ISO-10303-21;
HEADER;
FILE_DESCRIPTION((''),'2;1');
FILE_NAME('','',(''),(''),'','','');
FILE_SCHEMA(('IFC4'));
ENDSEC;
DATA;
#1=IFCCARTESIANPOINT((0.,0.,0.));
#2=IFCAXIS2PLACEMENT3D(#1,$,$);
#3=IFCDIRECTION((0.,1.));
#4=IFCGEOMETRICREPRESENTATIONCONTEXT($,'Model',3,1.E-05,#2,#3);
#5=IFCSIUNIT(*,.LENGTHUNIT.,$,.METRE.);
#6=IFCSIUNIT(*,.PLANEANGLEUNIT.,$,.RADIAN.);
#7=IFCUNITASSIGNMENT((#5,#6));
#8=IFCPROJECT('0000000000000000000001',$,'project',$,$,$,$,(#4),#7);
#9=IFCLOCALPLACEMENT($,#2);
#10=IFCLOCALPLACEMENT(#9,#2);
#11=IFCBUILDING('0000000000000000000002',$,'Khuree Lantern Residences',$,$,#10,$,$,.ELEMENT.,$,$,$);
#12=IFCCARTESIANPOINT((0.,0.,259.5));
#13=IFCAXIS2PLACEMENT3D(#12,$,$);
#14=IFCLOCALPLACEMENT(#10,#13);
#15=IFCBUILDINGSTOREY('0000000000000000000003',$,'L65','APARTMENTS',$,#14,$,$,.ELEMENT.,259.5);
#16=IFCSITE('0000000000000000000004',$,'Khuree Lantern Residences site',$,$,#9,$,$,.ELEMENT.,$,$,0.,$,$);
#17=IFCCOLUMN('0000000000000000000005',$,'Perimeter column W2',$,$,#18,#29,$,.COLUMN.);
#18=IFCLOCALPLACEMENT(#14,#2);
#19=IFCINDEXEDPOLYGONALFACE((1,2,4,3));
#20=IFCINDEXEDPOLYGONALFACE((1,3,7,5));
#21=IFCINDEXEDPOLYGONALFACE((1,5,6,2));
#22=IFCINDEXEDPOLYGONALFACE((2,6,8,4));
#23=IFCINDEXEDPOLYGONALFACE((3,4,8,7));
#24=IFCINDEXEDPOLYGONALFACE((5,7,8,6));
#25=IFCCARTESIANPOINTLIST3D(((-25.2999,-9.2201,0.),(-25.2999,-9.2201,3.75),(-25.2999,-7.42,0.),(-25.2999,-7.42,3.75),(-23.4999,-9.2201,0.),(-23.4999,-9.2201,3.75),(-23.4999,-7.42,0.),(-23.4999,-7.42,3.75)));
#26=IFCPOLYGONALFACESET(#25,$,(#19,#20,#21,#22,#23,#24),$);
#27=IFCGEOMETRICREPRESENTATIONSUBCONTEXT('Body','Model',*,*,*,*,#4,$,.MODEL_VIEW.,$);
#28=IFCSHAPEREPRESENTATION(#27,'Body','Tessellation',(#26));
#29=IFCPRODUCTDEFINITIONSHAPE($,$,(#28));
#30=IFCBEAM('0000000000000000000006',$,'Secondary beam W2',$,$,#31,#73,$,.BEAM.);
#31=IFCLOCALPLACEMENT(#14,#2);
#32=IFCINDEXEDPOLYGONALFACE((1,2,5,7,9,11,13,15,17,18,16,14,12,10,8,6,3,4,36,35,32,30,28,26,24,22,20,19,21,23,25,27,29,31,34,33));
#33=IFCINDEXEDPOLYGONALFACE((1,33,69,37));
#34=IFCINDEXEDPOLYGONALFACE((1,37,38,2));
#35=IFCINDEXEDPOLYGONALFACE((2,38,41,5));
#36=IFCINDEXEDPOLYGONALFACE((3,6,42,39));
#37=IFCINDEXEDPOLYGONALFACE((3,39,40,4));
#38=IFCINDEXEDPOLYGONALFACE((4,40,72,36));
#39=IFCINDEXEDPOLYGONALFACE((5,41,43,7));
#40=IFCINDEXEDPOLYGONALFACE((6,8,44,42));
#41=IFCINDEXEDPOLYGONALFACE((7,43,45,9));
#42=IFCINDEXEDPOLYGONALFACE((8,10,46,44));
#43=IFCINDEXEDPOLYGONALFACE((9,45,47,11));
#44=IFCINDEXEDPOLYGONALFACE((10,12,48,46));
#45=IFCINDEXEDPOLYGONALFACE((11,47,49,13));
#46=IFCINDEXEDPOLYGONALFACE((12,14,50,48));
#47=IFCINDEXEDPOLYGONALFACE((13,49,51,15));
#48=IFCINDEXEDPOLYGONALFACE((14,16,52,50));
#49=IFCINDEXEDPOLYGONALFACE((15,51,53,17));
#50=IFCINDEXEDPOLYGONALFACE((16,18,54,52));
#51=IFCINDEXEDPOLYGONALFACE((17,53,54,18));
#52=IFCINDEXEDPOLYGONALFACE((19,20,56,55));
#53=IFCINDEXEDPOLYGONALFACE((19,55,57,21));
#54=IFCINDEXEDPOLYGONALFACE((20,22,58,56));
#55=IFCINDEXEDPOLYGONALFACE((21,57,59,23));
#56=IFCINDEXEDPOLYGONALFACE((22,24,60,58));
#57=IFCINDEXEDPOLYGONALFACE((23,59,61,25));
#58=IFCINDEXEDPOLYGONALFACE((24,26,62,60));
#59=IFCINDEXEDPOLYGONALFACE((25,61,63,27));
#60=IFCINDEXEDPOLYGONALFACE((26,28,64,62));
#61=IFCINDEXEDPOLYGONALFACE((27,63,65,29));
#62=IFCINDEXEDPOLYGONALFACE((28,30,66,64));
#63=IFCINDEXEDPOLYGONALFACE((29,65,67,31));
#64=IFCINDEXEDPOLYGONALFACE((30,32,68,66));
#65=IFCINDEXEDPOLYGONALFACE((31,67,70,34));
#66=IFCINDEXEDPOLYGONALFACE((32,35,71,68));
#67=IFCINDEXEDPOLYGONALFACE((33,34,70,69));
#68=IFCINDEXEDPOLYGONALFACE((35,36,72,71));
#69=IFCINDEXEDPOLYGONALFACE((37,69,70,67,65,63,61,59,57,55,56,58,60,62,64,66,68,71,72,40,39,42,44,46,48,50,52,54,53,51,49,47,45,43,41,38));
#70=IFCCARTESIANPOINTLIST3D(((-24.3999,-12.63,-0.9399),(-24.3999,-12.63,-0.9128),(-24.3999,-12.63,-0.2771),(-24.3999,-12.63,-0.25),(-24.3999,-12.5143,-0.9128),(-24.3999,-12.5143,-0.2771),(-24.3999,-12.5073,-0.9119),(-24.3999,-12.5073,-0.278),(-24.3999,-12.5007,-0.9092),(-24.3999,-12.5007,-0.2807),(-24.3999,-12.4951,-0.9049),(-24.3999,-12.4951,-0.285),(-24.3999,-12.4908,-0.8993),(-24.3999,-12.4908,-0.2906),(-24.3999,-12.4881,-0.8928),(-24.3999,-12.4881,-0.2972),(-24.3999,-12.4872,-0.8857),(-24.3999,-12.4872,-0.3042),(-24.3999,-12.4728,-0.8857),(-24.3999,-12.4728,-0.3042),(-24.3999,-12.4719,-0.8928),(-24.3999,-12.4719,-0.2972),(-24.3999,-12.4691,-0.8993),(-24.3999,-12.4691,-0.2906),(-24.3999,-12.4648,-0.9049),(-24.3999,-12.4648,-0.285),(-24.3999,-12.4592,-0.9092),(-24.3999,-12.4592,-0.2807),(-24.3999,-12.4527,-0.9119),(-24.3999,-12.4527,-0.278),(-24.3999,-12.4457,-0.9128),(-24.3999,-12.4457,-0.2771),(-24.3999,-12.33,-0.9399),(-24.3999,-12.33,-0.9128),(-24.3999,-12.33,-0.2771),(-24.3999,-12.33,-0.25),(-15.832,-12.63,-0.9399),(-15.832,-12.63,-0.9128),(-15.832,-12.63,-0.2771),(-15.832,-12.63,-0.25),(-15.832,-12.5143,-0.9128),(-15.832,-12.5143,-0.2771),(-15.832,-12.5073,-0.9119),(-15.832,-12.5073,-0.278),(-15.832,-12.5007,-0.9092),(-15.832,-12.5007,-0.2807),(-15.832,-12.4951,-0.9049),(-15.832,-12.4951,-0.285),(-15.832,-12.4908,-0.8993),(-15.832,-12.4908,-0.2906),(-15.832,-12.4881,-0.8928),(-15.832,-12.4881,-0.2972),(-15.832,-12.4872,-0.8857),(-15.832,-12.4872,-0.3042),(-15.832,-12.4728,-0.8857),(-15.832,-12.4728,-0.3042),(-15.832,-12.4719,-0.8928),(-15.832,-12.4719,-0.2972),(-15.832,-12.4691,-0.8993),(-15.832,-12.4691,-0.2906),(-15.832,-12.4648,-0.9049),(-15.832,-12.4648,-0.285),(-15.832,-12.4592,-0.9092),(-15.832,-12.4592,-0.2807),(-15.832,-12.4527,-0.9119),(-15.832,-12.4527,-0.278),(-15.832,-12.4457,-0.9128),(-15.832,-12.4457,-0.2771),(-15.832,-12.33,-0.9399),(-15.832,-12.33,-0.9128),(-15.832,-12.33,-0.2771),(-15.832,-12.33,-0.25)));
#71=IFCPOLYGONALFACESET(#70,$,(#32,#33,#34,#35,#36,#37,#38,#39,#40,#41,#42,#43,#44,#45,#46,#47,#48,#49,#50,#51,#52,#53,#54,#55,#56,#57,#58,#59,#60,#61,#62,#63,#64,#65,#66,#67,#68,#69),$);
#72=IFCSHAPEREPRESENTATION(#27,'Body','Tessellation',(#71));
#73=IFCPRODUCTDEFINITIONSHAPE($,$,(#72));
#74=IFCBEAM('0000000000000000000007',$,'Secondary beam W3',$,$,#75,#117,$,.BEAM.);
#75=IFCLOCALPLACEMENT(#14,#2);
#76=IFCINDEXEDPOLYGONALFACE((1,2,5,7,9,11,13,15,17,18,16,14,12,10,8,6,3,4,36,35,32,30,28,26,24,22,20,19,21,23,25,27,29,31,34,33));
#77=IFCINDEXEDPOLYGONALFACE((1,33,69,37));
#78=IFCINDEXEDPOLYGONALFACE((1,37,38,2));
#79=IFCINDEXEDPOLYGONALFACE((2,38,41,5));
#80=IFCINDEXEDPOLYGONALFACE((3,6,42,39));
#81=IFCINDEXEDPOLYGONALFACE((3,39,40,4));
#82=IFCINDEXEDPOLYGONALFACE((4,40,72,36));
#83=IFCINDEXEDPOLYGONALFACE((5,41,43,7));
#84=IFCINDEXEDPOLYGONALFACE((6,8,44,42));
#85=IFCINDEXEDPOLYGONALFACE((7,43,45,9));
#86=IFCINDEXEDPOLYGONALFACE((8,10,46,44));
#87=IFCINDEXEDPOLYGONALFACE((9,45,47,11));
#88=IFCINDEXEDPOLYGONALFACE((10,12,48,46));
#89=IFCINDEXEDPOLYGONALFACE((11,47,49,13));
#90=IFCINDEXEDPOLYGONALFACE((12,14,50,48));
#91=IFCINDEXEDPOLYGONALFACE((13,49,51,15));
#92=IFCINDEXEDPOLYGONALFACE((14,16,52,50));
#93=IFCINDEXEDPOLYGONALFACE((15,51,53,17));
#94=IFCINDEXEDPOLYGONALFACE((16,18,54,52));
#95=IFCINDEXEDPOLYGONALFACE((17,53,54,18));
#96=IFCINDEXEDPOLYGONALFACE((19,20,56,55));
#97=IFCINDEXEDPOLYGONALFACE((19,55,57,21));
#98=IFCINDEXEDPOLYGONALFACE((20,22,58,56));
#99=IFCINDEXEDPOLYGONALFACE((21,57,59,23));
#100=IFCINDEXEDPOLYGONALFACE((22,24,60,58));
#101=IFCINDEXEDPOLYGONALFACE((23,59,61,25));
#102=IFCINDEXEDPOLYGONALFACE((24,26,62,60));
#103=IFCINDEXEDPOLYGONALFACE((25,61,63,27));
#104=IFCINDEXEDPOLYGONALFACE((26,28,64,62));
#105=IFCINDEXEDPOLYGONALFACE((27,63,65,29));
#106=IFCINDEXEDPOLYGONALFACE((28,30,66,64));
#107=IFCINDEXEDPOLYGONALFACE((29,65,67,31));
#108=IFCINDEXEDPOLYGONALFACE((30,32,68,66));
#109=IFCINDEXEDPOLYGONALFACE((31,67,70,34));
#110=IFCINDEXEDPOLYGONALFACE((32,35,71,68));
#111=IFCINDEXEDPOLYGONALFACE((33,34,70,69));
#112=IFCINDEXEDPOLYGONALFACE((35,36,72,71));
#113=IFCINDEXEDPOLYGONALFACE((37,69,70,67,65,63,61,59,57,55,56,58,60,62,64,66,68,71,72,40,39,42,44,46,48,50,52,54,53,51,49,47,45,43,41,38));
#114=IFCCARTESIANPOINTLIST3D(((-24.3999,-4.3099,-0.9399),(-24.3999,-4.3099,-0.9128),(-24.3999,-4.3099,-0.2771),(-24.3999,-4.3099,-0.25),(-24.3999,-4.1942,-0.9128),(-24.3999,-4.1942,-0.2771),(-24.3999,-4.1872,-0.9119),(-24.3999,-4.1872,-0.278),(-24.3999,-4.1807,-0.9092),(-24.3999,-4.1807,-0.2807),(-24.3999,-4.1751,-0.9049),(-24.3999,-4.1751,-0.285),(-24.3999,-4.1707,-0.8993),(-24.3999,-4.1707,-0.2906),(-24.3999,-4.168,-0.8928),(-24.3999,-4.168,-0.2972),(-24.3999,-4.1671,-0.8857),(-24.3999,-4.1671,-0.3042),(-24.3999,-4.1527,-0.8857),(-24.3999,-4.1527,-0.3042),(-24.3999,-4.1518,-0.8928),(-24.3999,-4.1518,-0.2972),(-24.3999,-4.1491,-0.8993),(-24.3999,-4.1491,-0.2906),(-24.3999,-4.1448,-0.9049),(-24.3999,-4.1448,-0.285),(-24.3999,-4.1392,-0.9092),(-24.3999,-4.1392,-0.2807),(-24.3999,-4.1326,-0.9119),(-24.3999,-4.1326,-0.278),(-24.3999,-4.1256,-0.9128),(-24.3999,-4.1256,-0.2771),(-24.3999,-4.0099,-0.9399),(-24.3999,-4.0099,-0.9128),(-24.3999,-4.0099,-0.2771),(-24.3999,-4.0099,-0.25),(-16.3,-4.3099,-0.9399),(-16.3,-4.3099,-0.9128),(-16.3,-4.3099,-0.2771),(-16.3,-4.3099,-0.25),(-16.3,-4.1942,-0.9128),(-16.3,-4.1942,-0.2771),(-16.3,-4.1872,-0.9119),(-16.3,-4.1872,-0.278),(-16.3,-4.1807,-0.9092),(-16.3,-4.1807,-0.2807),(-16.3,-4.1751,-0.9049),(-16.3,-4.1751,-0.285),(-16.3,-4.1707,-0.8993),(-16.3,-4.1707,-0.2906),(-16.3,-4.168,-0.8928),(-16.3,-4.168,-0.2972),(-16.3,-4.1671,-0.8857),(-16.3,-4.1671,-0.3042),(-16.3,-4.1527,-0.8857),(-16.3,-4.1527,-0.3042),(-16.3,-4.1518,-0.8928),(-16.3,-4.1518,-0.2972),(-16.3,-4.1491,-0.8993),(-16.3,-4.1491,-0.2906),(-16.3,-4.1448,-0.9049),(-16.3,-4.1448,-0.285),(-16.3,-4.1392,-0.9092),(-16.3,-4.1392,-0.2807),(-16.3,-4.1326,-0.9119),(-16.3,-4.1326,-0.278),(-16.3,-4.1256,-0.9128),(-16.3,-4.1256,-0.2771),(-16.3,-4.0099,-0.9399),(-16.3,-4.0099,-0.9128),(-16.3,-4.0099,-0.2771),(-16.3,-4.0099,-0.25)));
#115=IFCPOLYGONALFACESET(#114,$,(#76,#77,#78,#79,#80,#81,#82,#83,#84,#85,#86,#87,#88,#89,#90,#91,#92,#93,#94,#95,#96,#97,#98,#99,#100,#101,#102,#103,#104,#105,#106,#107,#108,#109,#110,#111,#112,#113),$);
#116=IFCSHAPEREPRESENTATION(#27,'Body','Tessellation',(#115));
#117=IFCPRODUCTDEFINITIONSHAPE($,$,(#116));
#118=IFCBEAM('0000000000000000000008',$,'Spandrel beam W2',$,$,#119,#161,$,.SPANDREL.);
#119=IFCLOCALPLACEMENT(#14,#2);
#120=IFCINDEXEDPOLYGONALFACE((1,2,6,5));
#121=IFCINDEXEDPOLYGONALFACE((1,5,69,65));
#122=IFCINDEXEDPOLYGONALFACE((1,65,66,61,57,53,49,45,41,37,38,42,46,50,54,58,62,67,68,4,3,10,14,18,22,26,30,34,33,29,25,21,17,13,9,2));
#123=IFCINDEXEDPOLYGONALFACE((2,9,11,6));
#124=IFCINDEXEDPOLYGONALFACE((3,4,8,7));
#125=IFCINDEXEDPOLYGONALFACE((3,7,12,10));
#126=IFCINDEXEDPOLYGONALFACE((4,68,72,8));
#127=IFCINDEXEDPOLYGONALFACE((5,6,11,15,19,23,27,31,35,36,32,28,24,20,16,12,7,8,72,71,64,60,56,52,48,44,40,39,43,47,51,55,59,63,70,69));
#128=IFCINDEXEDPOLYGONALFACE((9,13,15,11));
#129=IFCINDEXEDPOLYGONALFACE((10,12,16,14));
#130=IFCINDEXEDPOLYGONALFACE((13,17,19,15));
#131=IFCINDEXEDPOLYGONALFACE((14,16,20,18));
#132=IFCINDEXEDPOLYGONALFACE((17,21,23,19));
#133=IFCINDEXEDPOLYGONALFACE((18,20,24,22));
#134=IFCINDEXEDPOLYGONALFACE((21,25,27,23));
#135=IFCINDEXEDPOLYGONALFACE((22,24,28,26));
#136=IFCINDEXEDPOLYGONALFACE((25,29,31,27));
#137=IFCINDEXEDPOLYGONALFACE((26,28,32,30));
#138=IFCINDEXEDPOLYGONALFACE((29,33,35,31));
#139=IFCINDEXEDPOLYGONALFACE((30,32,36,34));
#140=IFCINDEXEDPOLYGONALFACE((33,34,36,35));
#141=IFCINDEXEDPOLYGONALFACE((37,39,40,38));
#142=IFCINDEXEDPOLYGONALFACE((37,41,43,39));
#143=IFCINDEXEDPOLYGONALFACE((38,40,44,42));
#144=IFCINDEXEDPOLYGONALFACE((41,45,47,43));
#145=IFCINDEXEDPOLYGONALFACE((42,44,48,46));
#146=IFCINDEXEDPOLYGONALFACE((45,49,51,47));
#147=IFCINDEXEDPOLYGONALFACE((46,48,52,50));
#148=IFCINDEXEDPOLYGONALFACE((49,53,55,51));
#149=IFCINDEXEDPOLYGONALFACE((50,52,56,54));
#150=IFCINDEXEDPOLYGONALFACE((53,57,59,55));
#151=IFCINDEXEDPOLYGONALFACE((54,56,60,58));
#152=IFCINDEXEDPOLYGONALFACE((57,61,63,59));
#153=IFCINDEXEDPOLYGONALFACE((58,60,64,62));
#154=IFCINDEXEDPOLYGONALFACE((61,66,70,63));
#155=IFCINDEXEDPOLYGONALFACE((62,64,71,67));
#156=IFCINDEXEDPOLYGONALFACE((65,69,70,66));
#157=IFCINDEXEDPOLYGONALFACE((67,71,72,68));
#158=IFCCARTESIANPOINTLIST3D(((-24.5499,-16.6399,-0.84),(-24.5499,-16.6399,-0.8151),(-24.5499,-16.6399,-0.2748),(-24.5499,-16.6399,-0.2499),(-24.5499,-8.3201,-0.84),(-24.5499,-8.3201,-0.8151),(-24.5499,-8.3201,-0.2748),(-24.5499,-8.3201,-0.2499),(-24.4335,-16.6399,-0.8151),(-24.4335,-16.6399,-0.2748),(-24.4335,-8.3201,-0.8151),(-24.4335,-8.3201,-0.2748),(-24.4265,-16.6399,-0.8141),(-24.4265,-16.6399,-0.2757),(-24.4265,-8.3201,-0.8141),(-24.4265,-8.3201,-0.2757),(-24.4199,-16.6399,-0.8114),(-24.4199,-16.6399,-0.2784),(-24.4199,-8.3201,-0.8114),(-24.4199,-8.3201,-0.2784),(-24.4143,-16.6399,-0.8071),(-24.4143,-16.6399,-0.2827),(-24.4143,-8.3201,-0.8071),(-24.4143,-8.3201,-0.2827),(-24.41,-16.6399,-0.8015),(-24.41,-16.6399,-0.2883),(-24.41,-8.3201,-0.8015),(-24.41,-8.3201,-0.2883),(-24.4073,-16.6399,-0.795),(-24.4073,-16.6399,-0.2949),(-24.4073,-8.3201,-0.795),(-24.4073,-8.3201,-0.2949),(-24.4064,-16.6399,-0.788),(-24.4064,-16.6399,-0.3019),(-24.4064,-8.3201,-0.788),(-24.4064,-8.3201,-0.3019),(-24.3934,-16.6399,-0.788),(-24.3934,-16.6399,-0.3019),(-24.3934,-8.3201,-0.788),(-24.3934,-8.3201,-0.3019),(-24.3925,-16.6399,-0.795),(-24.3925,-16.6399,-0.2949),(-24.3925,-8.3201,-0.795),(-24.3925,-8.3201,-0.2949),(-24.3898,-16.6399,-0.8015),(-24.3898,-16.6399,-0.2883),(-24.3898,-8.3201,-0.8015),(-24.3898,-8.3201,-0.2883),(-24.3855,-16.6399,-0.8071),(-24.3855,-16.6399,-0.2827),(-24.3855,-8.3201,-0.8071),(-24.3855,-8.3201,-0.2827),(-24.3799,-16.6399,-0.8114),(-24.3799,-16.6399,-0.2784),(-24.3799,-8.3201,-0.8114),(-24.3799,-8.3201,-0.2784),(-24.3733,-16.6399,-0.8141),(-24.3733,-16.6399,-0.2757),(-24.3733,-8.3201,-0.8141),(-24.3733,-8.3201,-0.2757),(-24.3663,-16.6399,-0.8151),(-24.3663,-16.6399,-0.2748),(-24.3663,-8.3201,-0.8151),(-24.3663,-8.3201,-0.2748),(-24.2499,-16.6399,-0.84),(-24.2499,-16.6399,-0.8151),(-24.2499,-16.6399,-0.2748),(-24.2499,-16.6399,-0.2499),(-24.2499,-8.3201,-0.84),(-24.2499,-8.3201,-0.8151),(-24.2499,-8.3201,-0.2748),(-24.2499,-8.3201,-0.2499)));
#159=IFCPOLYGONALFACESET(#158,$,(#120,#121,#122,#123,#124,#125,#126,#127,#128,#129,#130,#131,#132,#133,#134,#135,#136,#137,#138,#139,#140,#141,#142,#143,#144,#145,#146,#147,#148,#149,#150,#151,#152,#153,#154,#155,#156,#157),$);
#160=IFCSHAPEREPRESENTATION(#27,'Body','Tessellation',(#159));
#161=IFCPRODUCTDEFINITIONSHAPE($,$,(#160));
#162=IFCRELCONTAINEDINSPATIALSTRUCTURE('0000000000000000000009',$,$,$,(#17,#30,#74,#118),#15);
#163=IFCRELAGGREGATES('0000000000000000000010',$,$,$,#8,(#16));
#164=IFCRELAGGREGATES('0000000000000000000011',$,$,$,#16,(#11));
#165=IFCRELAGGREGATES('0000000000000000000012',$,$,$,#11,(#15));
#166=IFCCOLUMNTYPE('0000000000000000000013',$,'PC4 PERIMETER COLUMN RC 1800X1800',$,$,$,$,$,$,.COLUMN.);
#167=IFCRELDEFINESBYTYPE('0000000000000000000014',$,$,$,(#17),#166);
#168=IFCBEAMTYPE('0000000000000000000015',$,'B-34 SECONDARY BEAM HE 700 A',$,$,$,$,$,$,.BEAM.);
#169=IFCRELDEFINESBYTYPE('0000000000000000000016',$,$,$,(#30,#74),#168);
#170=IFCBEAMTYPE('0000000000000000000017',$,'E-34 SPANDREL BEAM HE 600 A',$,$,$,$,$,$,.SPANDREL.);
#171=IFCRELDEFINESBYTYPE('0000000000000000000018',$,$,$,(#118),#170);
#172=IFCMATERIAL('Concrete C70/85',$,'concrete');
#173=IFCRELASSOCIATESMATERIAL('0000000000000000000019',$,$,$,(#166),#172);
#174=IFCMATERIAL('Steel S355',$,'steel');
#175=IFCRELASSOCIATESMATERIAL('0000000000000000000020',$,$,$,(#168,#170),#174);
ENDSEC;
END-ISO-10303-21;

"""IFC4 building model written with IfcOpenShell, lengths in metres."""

from ifc_helpers import new_model, si_unit, direction, frame, origin, origin_2d, place, context, subcontext, project, spatial, rectangle, i_section, extrude, material, material_profile, profile_set, type_object, element, save


model = new_model("IFC4")

# Units and contexts
model_context = context("Model", 3, precision=1e-05, world=origin(), true_north=direction((0.0, 1.0)))
body_context = subcontext(model_context, "Body", "Model", "MODEL_VIEW")
ifc_project = project(units=[si_unit("LENGTHUNIT", "METRE"), si_unit("PLANEANGLEUNIT", "RADIAN")], contexts=[model_context])

# Site, building, storey
site_placement = place(None, origin())
site = spatial("IfcSite", under=ifc_project, at=site_placement, Name="Khuree Lantern Residences site", CompositionType="ELEMENT", RefElevation=0.0)
building_placement = place(site_placement, origin())
building = spatial("IfcBuilding", under=site, at=building_placement, Name="Khuree Lantern Residences", CompositionType="ELEMENT")
storey_placement = place(building_placement, frame((0.0, 0.0, 259.5)))
storey = spatial("IfcBuildingStorey", under=building, at=storey_placement, Name="L65", Description="APARTMENTS", CompositionType="ELEMENT", Elevation=259.5)

# Column
ifc_material_1 = material(Name="Concrete C70/85", Category="concrete")
ifc_material_profile_1 = material_profile(ifc_material_1, rectangle(XDim=1.8, YDim=1.8, at=origin_2d()), Name="RC 1800X1800")
ifc_profile_set_1 = profile_set([ifc_material_profile_1], Name="Concrete C70/85")
column_type = type_object("IfcColumnType", Name="PC4 PERIMETER COLUMN RC 1800X1800", PredefinedType="COLUMN", material=ifc_profile_set_1)
column_placement = place(storey_placement, frame((-24.3999, -8.3201, 0.0), z_axis=(0.0, 0.0, 1.0), x_axis=(0.0, 1.0, 0.0)))
element("IfcColumn", 1, at=column_placement, inside=storey, type_object=column_type, Name="Perimeter column W2", PredefinedType="COLUMN", context=body_context, shape_type="SweptSolid", body=[
    extrude(rectangle(XDim=1.8, YDim=1.8, at=origin_2d()), origin(), (0.0, 0.0, 1.0), 3.75),
])

# Beams
ifc_material_2 = material(Name="Steel S355", Category="steel")
ifc_material_profile_2 = material_profile(ifc_material_2, i_section(OverallWidth=0.3, OverallDepth=0.6899, WebThickness=0.0144, FlangeThickness=0.0271, FilletRadius=0.0271, at=origin_2d()), Name="HE 700 A")
ifc_profile_set_2 = profile_set([ifc_material_profile_2], Name="Steel S355")
beam_type_1 = type_object("IfcBeamType", Name="B-34 SECONDARY BEAM HE 700 A", PredefinedType="BEAM", material=ifc_profile_set_2)
beam_1_placement = place(storey_placement, frame((-24.3999, -12.48, -0.595), z_axis=(1.0, 0.0, 0.0), x_axis=(0.0, 1.0, 0.0)))
element("IfcBeam", 2, at=beam_1_placement, inside=storey, type_object=beam_type_1, Name="Secondary beam W2", PredefinedType="BEAM", context=body_context, shape_type="SweptSolid", body=[
    extrude(i_section(OverallWidth=0.3, OverallDepth=0.6899, WebThickness=0.0144, FlangeThickness=0.0271, FilletRadius=0.0271, at=origin_2d()), origin(), (0.0, 0.0, 1.0), 8.5679),
])
beam_2_placement = place(storey_placement, frame((-24.3999, -4.1599, -0.595), z_axis=(1.0, 0.0, 0.0), x_axis=(0.0, 1.0, 0.0)))
element("IfcBeam", 3, at=beam_2_placement, inside=storey, type_object=beam_type_1, Name="Secondary beam W3", PredefinedType="BEAM", context=body_context, shape_type="SweptSolid", body=[
    extrude(i_section(OverallWidth=0.3, OverallDepth=0.6899, WebThickness=0.0144, FlangeThickness=0.0271, FilletRadius=0.0271, at=origin_2d()), origin(), (0.0, 0.0, 1.0), 8.0999),
])
ifc_material_profile_3 = material_profile(ifc_material_2, i_section(OverallWidth=0.3, OverallDepth=0.5901, WebThickness=0.0129, FlangeThickness=0.0249, FilletRadius=0.0271, at=origin_2d()), Name="HE 600 A")
ifc_profile_set_3 = profile_set([ifc_material_profile_3], Name="Steel S355")
beam_type_2 = type_object("IfcBeamType", Name="E-34 SPANDREL BEAM HE 600 A", PredefinedType="SPANDREL", material=ifc_profile_set_3)
beam_3_placement = place(storey_placement, frame((-24.3999, -16.6399, -0.5449), z_axis=(0.0, 1.0, 0.0), x_axis=(-1.0, 0.0, 0.0)))
element("IfcBeam", 4, at=beam_3_placement, inside=storey, type_object=beam_type_2, Name="Spandrel beam W2", PredefinedType="SPANDREL", context=body_context, shape_type="SweptSolid", body=[
    extrude(i_section(OverallWidth=0.3, OverallDepth=0.5901, WebThickness=0.0129, FlangeThickness=0.0249, FilletRadius=0.0271, at=origin_2d()), origin(), (0.0, 0.0, 1.0), 8.3198),
])

save(model, "model.ifc")
